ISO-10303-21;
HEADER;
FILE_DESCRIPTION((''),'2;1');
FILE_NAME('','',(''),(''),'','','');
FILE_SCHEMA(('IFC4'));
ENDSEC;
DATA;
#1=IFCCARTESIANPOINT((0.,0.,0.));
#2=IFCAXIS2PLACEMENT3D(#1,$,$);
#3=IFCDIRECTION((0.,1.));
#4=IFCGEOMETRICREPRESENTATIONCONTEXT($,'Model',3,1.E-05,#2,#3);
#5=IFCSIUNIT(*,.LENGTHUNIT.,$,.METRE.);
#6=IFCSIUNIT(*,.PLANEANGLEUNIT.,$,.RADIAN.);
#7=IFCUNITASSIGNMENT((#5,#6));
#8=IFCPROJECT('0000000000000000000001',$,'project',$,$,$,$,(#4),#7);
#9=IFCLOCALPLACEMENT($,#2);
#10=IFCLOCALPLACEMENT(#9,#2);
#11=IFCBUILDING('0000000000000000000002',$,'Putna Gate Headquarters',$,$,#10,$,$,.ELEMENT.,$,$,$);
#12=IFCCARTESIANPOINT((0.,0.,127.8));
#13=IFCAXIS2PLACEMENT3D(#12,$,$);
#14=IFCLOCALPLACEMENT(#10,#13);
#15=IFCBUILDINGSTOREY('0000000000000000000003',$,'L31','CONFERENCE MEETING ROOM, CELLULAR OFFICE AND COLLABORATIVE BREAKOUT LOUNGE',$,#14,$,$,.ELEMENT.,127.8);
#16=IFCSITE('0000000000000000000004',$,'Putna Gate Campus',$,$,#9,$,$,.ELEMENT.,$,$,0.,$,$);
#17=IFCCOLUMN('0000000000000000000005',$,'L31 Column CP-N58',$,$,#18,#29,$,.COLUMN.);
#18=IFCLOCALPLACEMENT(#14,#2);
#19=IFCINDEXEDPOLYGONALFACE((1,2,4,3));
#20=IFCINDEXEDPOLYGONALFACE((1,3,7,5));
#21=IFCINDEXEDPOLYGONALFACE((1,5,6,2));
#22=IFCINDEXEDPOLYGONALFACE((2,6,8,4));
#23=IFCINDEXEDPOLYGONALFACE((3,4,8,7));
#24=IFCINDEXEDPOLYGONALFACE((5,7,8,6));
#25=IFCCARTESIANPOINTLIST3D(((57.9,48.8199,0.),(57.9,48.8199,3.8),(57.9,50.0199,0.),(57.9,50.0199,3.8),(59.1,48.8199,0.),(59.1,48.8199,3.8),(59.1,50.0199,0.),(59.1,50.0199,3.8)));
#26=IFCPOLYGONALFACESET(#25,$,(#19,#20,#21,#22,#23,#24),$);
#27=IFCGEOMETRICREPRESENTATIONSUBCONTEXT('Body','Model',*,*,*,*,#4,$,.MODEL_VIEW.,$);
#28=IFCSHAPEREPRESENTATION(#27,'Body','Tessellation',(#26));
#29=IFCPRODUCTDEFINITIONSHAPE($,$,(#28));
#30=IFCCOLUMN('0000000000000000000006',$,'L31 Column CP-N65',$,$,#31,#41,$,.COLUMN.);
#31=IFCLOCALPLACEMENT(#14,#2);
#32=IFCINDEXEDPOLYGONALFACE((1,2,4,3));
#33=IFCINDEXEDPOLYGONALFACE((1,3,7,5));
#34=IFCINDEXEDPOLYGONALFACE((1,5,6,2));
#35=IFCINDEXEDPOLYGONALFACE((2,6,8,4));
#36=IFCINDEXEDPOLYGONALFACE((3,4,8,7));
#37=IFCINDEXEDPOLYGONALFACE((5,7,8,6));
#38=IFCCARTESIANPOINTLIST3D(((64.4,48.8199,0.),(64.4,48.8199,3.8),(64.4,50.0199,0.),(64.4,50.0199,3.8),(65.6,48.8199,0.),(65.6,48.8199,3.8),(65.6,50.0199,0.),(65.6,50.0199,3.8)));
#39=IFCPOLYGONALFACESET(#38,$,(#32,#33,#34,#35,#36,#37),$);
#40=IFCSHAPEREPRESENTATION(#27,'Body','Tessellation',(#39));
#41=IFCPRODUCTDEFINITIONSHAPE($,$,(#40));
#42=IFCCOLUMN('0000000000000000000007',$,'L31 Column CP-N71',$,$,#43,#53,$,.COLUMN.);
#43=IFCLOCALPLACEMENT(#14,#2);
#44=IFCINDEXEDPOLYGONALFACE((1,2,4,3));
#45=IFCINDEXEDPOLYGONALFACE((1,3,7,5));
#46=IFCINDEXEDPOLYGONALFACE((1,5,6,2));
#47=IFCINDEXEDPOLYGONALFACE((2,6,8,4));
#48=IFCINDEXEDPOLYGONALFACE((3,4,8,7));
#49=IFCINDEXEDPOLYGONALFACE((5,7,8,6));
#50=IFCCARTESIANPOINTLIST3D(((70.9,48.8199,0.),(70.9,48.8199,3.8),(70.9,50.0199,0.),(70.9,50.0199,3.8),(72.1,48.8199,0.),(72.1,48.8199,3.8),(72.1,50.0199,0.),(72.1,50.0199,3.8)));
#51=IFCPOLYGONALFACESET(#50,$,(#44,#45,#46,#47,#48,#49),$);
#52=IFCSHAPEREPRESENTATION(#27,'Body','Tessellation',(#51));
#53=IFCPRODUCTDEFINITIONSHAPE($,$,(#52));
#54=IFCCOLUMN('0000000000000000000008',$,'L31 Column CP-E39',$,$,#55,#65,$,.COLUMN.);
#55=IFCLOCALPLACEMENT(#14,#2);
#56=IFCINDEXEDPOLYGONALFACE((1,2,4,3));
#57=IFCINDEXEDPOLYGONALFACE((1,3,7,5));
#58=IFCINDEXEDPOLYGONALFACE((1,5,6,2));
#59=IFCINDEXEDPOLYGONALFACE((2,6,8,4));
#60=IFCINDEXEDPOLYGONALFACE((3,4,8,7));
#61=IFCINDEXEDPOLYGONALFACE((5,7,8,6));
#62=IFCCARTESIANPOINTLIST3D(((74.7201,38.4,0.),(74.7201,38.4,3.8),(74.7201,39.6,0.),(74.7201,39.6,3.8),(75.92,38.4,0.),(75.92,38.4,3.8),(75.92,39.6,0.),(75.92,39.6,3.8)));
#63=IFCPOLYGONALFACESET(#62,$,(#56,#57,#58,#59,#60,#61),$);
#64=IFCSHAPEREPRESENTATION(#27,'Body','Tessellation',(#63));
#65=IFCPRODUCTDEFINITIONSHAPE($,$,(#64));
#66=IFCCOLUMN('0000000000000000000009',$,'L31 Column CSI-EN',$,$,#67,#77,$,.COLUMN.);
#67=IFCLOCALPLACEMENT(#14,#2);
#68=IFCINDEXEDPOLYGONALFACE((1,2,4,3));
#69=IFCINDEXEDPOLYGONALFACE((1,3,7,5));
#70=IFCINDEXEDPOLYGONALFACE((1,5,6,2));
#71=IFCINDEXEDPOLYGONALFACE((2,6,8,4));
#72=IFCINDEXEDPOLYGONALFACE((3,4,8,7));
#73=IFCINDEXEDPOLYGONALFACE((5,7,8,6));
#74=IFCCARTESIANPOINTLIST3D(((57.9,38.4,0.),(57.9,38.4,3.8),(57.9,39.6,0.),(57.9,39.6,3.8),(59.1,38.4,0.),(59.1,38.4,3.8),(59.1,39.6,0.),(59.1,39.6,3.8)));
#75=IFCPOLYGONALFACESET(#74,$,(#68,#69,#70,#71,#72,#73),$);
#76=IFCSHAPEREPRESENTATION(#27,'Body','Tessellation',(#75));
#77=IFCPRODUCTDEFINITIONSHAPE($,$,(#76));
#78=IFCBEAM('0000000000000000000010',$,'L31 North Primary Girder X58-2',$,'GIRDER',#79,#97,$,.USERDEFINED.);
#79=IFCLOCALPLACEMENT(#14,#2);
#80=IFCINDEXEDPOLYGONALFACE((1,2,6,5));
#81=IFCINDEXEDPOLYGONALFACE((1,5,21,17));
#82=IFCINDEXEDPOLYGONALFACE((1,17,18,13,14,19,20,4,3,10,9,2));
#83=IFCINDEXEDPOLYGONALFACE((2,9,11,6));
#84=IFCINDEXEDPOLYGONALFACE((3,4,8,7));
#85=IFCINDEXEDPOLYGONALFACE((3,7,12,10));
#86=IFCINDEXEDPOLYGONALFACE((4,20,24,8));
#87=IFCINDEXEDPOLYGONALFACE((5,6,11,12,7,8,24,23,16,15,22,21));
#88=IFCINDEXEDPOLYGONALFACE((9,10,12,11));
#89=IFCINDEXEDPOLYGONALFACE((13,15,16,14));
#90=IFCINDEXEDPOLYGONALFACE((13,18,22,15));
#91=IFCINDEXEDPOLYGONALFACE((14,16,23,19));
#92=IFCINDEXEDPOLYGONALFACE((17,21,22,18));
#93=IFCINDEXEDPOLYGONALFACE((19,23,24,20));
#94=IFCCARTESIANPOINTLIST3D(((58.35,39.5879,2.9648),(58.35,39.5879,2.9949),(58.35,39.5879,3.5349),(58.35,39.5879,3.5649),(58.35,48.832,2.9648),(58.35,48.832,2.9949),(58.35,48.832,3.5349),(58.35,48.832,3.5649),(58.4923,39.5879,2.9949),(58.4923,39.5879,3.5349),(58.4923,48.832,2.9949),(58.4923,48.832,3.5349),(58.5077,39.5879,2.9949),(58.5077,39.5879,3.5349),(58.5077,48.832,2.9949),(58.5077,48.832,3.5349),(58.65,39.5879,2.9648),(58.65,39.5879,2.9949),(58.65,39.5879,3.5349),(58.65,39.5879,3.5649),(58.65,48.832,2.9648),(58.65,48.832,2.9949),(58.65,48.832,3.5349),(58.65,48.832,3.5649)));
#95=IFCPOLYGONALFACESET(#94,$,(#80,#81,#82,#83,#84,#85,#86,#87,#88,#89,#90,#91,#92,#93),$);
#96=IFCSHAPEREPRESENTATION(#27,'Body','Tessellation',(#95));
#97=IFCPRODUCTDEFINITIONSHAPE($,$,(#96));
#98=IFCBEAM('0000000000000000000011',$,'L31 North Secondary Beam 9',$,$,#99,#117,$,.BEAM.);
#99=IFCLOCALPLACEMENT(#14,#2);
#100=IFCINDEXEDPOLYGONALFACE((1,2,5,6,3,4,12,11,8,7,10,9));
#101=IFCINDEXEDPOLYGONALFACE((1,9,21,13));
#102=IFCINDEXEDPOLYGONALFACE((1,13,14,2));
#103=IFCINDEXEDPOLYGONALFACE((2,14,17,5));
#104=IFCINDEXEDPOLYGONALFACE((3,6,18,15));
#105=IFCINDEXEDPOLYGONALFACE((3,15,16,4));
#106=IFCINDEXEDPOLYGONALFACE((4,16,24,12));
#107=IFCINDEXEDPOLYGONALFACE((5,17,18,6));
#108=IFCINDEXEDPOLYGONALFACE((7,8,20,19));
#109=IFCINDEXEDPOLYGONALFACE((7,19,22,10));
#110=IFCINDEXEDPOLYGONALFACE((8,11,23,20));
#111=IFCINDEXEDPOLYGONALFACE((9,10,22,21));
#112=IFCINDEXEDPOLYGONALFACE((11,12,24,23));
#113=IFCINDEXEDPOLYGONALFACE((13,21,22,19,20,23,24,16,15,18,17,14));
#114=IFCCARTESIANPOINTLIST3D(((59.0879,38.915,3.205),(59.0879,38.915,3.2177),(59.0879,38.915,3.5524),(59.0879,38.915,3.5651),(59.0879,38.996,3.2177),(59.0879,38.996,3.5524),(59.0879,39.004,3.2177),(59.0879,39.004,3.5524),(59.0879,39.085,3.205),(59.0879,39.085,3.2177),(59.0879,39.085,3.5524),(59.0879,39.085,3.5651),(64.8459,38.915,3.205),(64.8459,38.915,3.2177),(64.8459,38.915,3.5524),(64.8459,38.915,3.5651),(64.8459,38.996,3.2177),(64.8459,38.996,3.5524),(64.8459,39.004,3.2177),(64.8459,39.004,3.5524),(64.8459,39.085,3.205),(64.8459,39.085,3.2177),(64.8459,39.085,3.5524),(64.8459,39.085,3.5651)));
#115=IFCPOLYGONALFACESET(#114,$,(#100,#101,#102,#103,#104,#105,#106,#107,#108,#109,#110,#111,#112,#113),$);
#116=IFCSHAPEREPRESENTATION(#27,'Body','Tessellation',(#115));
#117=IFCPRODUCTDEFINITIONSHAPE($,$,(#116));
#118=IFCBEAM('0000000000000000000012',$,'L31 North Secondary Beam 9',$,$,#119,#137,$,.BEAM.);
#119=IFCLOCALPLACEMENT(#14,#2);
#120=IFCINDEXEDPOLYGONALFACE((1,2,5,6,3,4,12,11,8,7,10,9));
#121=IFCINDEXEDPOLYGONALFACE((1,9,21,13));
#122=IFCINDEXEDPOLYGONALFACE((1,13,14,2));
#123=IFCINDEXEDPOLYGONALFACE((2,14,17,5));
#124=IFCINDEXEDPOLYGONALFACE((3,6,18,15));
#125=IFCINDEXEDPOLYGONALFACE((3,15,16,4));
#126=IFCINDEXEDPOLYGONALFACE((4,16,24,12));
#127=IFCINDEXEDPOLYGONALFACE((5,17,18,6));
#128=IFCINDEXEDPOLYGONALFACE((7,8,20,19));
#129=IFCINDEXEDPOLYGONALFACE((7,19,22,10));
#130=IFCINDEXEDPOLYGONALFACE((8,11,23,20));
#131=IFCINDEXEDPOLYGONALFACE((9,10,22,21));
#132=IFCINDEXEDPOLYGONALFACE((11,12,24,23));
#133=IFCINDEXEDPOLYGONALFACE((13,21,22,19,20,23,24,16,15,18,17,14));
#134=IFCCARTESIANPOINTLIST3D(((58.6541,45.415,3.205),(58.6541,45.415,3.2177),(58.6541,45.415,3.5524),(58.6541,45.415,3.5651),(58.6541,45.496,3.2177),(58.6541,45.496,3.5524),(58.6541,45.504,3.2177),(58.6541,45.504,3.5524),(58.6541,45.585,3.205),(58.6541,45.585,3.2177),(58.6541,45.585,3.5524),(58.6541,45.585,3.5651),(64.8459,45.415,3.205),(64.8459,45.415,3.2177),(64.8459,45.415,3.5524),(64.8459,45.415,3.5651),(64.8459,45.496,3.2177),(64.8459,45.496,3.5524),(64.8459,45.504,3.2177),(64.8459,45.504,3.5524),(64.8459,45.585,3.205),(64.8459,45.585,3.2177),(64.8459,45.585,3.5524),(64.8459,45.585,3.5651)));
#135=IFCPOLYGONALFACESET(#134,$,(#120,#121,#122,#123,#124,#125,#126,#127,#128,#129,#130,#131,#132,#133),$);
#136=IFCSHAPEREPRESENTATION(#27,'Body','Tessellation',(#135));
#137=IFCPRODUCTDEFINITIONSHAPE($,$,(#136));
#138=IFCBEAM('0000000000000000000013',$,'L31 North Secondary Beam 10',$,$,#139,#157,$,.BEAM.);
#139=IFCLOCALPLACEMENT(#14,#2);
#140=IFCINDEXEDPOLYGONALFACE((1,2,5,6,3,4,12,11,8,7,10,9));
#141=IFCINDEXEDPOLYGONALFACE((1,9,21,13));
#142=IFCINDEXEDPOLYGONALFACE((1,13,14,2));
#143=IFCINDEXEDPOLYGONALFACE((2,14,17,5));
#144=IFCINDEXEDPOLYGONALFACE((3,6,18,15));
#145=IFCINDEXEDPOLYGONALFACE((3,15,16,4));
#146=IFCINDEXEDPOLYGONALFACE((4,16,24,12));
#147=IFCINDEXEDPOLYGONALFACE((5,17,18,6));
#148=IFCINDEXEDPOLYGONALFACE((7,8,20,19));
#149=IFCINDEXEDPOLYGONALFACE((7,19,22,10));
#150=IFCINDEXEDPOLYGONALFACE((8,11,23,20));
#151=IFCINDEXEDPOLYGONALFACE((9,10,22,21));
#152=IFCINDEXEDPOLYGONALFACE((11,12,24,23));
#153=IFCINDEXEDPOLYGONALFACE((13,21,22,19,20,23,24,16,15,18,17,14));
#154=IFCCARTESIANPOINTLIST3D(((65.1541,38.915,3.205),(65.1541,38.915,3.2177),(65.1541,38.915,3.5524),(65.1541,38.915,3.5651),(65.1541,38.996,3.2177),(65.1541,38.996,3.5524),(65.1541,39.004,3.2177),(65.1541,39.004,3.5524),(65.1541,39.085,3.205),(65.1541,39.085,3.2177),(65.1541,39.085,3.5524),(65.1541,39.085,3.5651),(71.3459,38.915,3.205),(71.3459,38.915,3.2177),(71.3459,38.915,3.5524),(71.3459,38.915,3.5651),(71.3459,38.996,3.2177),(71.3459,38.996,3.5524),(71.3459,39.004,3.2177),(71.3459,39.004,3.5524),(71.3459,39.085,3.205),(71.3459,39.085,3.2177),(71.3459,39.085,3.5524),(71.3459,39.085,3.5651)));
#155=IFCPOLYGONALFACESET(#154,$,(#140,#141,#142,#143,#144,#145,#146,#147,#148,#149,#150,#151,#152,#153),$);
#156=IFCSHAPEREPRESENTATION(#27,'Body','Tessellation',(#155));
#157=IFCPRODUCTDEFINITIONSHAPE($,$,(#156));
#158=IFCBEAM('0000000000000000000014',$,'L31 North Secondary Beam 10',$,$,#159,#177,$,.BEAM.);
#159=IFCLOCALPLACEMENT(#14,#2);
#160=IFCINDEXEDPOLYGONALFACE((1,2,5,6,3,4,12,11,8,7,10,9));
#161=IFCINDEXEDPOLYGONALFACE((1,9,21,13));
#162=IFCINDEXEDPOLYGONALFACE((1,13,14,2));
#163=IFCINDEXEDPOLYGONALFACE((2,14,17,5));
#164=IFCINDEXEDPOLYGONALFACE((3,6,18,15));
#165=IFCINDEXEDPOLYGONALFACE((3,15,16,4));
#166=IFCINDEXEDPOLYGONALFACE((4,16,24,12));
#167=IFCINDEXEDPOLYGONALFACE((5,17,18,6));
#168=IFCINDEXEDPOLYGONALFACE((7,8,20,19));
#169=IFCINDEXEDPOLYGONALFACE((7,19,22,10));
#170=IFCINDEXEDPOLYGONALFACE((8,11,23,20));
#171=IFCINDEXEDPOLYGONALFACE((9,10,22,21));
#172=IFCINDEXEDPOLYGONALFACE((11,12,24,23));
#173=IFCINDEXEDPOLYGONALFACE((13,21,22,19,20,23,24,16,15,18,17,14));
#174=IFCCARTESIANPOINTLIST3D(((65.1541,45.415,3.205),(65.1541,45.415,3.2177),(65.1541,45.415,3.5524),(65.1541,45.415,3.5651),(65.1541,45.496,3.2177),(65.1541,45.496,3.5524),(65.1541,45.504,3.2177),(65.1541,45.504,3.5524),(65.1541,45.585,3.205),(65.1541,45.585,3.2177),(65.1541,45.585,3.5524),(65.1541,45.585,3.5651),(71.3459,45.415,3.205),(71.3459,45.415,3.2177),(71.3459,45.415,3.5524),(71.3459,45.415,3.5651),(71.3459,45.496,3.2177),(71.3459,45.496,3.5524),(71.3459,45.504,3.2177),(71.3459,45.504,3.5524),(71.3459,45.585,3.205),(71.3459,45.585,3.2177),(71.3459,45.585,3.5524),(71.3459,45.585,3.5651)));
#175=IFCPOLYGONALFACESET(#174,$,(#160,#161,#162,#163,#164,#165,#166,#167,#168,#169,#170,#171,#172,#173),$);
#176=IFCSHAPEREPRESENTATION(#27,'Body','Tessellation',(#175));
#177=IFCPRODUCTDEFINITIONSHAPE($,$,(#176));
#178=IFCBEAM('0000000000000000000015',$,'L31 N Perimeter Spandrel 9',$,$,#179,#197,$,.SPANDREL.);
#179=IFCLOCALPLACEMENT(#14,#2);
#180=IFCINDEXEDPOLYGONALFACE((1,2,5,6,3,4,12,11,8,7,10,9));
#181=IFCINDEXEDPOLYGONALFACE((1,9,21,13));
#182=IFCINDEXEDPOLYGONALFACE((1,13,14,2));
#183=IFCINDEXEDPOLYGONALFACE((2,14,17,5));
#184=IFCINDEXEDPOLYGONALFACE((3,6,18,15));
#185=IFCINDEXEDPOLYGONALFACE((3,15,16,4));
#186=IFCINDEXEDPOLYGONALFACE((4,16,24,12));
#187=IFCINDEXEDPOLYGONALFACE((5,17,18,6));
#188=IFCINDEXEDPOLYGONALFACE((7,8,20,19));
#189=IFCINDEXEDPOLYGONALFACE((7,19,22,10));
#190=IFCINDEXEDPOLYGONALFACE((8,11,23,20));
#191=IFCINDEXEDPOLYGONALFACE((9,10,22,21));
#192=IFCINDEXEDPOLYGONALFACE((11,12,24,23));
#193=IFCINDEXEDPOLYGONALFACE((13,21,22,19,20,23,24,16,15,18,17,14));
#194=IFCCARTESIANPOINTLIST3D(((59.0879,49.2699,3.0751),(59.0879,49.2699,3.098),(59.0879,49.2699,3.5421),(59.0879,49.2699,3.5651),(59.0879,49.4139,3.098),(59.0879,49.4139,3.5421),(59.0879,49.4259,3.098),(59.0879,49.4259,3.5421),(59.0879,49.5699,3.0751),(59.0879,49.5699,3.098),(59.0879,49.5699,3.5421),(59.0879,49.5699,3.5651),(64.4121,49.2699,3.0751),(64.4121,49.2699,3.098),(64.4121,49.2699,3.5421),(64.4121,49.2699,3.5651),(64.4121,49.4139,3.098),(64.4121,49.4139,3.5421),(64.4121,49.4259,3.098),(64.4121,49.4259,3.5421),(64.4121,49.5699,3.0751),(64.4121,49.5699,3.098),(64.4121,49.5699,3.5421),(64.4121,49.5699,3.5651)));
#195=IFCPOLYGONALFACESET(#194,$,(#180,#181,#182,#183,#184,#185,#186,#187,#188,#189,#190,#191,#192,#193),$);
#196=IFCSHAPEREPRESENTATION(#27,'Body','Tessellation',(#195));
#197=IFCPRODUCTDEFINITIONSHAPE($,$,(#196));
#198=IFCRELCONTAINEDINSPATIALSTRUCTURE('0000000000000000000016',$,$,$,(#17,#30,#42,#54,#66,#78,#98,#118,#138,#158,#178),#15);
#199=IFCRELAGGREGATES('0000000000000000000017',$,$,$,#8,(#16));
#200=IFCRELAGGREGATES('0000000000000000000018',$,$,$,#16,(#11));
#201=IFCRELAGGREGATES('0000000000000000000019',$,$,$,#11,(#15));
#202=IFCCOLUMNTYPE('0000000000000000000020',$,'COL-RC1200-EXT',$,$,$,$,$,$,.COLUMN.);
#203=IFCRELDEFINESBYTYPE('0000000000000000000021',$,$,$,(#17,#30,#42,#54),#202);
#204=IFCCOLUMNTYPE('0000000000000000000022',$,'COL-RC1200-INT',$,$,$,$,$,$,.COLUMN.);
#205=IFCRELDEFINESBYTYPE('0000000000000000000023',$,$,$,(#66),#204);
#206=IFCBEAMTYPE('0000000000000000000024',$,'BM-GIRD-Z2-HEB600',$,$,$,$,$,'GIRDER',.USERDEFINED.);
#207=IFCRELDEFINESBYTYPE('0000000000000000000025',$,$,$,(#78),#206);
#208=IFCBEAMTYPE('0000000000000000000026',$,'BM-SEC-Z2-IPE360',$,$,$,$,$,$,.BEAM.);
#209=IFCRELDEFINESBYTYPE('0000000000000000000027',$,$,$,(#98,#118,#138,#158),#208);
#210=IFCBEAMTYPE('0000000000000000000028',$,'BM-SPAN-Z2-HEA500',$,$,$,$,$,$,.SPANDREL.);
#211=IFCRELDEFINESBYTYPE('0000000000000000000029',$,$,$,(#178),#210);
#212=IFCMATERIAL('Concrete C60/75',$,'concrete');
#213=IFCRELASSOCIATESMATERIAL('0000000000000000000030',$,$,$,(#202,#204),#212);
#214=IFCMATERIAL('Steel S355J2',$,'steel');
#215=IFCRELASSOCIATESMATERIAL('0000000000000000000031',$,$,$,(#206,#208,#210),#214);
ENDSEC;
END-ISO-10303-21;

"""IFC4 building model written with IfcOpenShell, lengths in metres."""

from ifc_helpers import new_model, si_unit, direction, frame, origin, origin_2d, place, context, subcontext, project, spatial, rectangle, i_section, extrude, material, material_profile, profile_set, type_object, element, save


model = new_model("IFC4")

# Units and contexts
model_context = context("Model", 3, precision=1e-05, world=origin(), true_north=direction((0.0, 1.0)))
body_context = subcontext(model_context, "Body", "Model", "MODEL_VIEW")
ifc_project = project(units=[si_unit("LENGTHUNIT", "METRE"), si_unit("PLANEANGLEUNIT", "RADIAN")], contexts=[model_context])

# Site, building, storey
site_placement = place(None, origin())
site = spatial("IfcSite", under=ifc_project, at=site_placement, Name="Putna Gate Campus", CompositionType="ELEMENT", RefElevation=0.0)
building_placement = place(site_placement, origin())
building = spatial("IfcBuilding", under=site, at=building_placement, Name="Putna Gate Headquarters", CompositionType="ELEMENT")
storey_placement = place(building_placement, frame((0.0, 0.0, 127.8)))
storey = spatial("IfcBuildingStorey", under=building, at=storey_placement, Name="L31", Description="CONFERENCE MEETING ROOM, CELLULAR OFFICE AND COLLABORATIVE BREAKOUT LOUNGE", CompositionType="ELEMENT", Elevation=127.8)

# Columns
ifc_material_1 = material(Name="Concrete C60/75", Category="concrete")
ifc_material_profile_1 = material_profile(ifc_material_1, rectangle(XDim=1.2, YDim=1.2, at=origin_2d()), Name="Concrete C60/75")
ifc_profile_set_1 = profile_set([ifc_material_profile_1], Name="Concrete C60/75")
column_type_1 = type_object("IfcColumnType", Name="COL-RC1200-EXT", PredefinedType="COLUMN", material=ifc_profile_set_1)
for number, where, z_axis, x_axis, name in (
    (1, (58.5, 49.4199, 0.0), (0.0, 0.0, 1.0), (1.0, 0.0, 0.0), "L31 Column CP-N58"),
    (2, (65.0, 49.4199, 0.0), (0.0, 0.0, 1.0), (1.0, 0.0, 0.0), "L31 Column CP-N65"),
    (3, (71.5, 49.4199, 0.0), (0.0, 0.0, 1.0), (1.0, 0.0, 0.0), "L31 Column CP-N71"),
    (4, (75.3201, 39.0, 0.0), (0.0, 0.0, 1.0), (1.0, 0.0, 0.0), "L31 Column CP-E39"),
):
    element("IfcColumn", number, at=place(storey_placement, frame(where, z_axis=z_axis, x_axis=x_axis)), inside=storey, type_object=column_type_1, Name=name, PredefinedType="COLUMN", context=body_context, shape_type="SweptSolid", body=[
        extrude(rectangle(XDim=1.2, YDim=1.2, at=origin_2d()), origin(), (0.0, 0.0, 1.0), 3.8),
    ])
ifc_material_profile_2 = material_profile(ifc_material_1, rectangle(XDim=1.2, YDim=1.2, at=origin_2d()), Name="Concrete C60/75")
ifc_profile_set_2 = profile_set([ifc_material_profile_2], Name="Concrete C60/75")
column_type_2 = type_object("IfcColumnType", Name="COL-RC1200-INT", PredefinedType="COLUMN", material=ifc_profile_set_2)
column_placement = place(storey_placement, frame((58.5, 39.0, 0.0), z_axis=(0.0, 0.0, 1.0), x_axis=(1.0, 0.0, 0.0)))
element("IfcColumn", 5, at=column_placement, inside=storey, type_object=column_type_2, Name="L31 Column CSI-EN", PredefinedType="COLUMN", context=body_context, shape_type="SweptSolid", body=[
    extrude(rectangle(XDim=1.2, YDim=1.2, at=origin_2d()), origin(), (0.0, 0.0, 1.0), 3.8),
])

# Beams
ifc_material_2 = material(Name="Steel S355J2", Category="steel")
ifc_material_profile_3 = material_profile(ifc_material_2, i_section(OverallWidth=0.3, OverallDepth=0.6001, WebThickness=0.0154, FlangeThickness=0.03, at=origin_2d()), Name="Steel S355J2")
ifc_profile_set_3 = profile_set([ifc_material_profile_3], Name="Steel S355J2")
beam_type_1 = type_object("IfcBeamType", Name="BM-GIRD-Z2-HEB600", ElementType="GIRDER", PredefinedType="USERDEFINED", material=ifc_profile_set_3)
beam_1_placement = place(storey_placement, frame((58.5, 39.5879, 3.2649), z_axis=(0.0, 1.0, 0.0), x_axis=(-1.0, 0.0, 0.0)))
element("IfcBeam", 6, at=beam_1_placement, inside=storey, type_object=beam_type_1, Name="L31 North Primary Girder X58-2", ObjectType="GIRDER", PredefinedType="USERDEFINED", context=body_context, shape_type="SweptSolid", body=[
    extrude(i_section(OverallWidth=0.3, OverallDepth=0.6001, WebThickness=0.0154, FlangeThickness=0.03, at=origin_2d()), origin(), (0.0, 0.0, 1.0), 9.2441),
])
ifc_material_profile_4 = material_profile(ifc_material_2, i_section(OverallWidth=0.1699, OverallDepth=0.3601, WebThickness=0.0081, FlangeThickness=0.0127, at=origin_2d()), Name="Steel S355J2")
ifc_profile_set_4 = profile_set([ifc_material_profile_4], Name="Steel S355J2")
beam_type_2 = type_object("IfcBeamType", Name="BM-SEC-Z2-IPE360", PredefinedType="BEAM", material=ifc_profile_set_4)
beam_2_placement = place(storey_placement, frame((59.0879, 39.0, 3.385), z_axis=(1.0, 0.0, 0.0), x_axis=(0.0, 1.0, 0.0)))
element("IfcBeam", 7, at=beam_2_placement, inside=storey, type_object=beam_type_2, Name="L31 North Secondary Beam 9", PredefinedType="BEAM", context=body_context, shape_type="SweptSolid", body=[
    extrude(i_section(OverallWidth=0.1699, OverallDepth=0.3601, WebThickness=0.0081, FlangeThickness=0.0127, at=origin_2d()), origin(), (0.0, 0.0, 1.0), 5.7581),
])
for number, where, z_axis, x_axis, name in (
    (8, (58.6541, 45.5, 3.385), (1.0, 0.0, 0.0), (0.0, 1.0, 0.0), "L31 North Secondary Beam 9"),
    (9, (65.1541, 39.0, 3.385), (1.0, 0.0, 0.0), (0.0, 1.0, 0.0), "L31 North Secondary Beam 10"),
    (10, (65.1541, 45.5, 3.385), (1.0, 0.0, 0.0), (0.0, 1.0, 0.0), "L31 North Secondary Beam 10"),
):
    element("IfcBeam", number, at=place(storey_placement, frame(where, z_axis=z_axis, x_axis=x_axis)), inside=storey, type_object=beam_type_2, Name=name, PredefinedType="BEAM", context=body_context, shape_type="SweptSolid", body=[
        extrude(i_section(OverallWidth=0.1699, OverallDepth=0.3601, WebThickness=0.0081, FlangeThickness=0.0127, at=origin_2d()), origin(), (0.0, 0.0, 1.0), 6.1919),
    ])
ifc_material_profile_5 = material_profile(ifc_material_2, i_section(OverallWidth=0.3, OverallDepth=0.49, WebThickness=0.012, FlangeThickness=0.0229, at=origin_2d()), Name="Steel S355J2")
ifc_profile_set_5 = profile_set([ifc_material_profile_5], Name="Steel S355J2")
beam_type_3 = type_object("IfcBeamType", Name="BM-SPAN-Z2-HEA500", PredefinedType="SPANDREL", material=ifc_profile_set_5)
for number, where, z_axis, x_axis, name in (
    (11, (59.0879, 49.4199, 3.3201), (1.0, 0.0, 0.0), (0.0, 1.0, 0.0), "L31 N Perimeter Spandrel 9"),
):
    element("IfcBeam", number, at=place(storey_placement, frame(where, z_axis=z_axis, x_axis=x_axis)), inside=storey, type_object=beam_type_3, Name=name, PredefinedType="SPANDREL", context=body_context, shape_type="SweptSolid", body=[
        extrude(i_section(OverallWidth=0.3, OverallDepth=0.49, WebThickness=0.012, FlangeThickness=0.0229, at=origin_2d()), origin(), (0.0, 0.0, 1.0), 5.3242),
    ])

save(model, "model.ifc")
